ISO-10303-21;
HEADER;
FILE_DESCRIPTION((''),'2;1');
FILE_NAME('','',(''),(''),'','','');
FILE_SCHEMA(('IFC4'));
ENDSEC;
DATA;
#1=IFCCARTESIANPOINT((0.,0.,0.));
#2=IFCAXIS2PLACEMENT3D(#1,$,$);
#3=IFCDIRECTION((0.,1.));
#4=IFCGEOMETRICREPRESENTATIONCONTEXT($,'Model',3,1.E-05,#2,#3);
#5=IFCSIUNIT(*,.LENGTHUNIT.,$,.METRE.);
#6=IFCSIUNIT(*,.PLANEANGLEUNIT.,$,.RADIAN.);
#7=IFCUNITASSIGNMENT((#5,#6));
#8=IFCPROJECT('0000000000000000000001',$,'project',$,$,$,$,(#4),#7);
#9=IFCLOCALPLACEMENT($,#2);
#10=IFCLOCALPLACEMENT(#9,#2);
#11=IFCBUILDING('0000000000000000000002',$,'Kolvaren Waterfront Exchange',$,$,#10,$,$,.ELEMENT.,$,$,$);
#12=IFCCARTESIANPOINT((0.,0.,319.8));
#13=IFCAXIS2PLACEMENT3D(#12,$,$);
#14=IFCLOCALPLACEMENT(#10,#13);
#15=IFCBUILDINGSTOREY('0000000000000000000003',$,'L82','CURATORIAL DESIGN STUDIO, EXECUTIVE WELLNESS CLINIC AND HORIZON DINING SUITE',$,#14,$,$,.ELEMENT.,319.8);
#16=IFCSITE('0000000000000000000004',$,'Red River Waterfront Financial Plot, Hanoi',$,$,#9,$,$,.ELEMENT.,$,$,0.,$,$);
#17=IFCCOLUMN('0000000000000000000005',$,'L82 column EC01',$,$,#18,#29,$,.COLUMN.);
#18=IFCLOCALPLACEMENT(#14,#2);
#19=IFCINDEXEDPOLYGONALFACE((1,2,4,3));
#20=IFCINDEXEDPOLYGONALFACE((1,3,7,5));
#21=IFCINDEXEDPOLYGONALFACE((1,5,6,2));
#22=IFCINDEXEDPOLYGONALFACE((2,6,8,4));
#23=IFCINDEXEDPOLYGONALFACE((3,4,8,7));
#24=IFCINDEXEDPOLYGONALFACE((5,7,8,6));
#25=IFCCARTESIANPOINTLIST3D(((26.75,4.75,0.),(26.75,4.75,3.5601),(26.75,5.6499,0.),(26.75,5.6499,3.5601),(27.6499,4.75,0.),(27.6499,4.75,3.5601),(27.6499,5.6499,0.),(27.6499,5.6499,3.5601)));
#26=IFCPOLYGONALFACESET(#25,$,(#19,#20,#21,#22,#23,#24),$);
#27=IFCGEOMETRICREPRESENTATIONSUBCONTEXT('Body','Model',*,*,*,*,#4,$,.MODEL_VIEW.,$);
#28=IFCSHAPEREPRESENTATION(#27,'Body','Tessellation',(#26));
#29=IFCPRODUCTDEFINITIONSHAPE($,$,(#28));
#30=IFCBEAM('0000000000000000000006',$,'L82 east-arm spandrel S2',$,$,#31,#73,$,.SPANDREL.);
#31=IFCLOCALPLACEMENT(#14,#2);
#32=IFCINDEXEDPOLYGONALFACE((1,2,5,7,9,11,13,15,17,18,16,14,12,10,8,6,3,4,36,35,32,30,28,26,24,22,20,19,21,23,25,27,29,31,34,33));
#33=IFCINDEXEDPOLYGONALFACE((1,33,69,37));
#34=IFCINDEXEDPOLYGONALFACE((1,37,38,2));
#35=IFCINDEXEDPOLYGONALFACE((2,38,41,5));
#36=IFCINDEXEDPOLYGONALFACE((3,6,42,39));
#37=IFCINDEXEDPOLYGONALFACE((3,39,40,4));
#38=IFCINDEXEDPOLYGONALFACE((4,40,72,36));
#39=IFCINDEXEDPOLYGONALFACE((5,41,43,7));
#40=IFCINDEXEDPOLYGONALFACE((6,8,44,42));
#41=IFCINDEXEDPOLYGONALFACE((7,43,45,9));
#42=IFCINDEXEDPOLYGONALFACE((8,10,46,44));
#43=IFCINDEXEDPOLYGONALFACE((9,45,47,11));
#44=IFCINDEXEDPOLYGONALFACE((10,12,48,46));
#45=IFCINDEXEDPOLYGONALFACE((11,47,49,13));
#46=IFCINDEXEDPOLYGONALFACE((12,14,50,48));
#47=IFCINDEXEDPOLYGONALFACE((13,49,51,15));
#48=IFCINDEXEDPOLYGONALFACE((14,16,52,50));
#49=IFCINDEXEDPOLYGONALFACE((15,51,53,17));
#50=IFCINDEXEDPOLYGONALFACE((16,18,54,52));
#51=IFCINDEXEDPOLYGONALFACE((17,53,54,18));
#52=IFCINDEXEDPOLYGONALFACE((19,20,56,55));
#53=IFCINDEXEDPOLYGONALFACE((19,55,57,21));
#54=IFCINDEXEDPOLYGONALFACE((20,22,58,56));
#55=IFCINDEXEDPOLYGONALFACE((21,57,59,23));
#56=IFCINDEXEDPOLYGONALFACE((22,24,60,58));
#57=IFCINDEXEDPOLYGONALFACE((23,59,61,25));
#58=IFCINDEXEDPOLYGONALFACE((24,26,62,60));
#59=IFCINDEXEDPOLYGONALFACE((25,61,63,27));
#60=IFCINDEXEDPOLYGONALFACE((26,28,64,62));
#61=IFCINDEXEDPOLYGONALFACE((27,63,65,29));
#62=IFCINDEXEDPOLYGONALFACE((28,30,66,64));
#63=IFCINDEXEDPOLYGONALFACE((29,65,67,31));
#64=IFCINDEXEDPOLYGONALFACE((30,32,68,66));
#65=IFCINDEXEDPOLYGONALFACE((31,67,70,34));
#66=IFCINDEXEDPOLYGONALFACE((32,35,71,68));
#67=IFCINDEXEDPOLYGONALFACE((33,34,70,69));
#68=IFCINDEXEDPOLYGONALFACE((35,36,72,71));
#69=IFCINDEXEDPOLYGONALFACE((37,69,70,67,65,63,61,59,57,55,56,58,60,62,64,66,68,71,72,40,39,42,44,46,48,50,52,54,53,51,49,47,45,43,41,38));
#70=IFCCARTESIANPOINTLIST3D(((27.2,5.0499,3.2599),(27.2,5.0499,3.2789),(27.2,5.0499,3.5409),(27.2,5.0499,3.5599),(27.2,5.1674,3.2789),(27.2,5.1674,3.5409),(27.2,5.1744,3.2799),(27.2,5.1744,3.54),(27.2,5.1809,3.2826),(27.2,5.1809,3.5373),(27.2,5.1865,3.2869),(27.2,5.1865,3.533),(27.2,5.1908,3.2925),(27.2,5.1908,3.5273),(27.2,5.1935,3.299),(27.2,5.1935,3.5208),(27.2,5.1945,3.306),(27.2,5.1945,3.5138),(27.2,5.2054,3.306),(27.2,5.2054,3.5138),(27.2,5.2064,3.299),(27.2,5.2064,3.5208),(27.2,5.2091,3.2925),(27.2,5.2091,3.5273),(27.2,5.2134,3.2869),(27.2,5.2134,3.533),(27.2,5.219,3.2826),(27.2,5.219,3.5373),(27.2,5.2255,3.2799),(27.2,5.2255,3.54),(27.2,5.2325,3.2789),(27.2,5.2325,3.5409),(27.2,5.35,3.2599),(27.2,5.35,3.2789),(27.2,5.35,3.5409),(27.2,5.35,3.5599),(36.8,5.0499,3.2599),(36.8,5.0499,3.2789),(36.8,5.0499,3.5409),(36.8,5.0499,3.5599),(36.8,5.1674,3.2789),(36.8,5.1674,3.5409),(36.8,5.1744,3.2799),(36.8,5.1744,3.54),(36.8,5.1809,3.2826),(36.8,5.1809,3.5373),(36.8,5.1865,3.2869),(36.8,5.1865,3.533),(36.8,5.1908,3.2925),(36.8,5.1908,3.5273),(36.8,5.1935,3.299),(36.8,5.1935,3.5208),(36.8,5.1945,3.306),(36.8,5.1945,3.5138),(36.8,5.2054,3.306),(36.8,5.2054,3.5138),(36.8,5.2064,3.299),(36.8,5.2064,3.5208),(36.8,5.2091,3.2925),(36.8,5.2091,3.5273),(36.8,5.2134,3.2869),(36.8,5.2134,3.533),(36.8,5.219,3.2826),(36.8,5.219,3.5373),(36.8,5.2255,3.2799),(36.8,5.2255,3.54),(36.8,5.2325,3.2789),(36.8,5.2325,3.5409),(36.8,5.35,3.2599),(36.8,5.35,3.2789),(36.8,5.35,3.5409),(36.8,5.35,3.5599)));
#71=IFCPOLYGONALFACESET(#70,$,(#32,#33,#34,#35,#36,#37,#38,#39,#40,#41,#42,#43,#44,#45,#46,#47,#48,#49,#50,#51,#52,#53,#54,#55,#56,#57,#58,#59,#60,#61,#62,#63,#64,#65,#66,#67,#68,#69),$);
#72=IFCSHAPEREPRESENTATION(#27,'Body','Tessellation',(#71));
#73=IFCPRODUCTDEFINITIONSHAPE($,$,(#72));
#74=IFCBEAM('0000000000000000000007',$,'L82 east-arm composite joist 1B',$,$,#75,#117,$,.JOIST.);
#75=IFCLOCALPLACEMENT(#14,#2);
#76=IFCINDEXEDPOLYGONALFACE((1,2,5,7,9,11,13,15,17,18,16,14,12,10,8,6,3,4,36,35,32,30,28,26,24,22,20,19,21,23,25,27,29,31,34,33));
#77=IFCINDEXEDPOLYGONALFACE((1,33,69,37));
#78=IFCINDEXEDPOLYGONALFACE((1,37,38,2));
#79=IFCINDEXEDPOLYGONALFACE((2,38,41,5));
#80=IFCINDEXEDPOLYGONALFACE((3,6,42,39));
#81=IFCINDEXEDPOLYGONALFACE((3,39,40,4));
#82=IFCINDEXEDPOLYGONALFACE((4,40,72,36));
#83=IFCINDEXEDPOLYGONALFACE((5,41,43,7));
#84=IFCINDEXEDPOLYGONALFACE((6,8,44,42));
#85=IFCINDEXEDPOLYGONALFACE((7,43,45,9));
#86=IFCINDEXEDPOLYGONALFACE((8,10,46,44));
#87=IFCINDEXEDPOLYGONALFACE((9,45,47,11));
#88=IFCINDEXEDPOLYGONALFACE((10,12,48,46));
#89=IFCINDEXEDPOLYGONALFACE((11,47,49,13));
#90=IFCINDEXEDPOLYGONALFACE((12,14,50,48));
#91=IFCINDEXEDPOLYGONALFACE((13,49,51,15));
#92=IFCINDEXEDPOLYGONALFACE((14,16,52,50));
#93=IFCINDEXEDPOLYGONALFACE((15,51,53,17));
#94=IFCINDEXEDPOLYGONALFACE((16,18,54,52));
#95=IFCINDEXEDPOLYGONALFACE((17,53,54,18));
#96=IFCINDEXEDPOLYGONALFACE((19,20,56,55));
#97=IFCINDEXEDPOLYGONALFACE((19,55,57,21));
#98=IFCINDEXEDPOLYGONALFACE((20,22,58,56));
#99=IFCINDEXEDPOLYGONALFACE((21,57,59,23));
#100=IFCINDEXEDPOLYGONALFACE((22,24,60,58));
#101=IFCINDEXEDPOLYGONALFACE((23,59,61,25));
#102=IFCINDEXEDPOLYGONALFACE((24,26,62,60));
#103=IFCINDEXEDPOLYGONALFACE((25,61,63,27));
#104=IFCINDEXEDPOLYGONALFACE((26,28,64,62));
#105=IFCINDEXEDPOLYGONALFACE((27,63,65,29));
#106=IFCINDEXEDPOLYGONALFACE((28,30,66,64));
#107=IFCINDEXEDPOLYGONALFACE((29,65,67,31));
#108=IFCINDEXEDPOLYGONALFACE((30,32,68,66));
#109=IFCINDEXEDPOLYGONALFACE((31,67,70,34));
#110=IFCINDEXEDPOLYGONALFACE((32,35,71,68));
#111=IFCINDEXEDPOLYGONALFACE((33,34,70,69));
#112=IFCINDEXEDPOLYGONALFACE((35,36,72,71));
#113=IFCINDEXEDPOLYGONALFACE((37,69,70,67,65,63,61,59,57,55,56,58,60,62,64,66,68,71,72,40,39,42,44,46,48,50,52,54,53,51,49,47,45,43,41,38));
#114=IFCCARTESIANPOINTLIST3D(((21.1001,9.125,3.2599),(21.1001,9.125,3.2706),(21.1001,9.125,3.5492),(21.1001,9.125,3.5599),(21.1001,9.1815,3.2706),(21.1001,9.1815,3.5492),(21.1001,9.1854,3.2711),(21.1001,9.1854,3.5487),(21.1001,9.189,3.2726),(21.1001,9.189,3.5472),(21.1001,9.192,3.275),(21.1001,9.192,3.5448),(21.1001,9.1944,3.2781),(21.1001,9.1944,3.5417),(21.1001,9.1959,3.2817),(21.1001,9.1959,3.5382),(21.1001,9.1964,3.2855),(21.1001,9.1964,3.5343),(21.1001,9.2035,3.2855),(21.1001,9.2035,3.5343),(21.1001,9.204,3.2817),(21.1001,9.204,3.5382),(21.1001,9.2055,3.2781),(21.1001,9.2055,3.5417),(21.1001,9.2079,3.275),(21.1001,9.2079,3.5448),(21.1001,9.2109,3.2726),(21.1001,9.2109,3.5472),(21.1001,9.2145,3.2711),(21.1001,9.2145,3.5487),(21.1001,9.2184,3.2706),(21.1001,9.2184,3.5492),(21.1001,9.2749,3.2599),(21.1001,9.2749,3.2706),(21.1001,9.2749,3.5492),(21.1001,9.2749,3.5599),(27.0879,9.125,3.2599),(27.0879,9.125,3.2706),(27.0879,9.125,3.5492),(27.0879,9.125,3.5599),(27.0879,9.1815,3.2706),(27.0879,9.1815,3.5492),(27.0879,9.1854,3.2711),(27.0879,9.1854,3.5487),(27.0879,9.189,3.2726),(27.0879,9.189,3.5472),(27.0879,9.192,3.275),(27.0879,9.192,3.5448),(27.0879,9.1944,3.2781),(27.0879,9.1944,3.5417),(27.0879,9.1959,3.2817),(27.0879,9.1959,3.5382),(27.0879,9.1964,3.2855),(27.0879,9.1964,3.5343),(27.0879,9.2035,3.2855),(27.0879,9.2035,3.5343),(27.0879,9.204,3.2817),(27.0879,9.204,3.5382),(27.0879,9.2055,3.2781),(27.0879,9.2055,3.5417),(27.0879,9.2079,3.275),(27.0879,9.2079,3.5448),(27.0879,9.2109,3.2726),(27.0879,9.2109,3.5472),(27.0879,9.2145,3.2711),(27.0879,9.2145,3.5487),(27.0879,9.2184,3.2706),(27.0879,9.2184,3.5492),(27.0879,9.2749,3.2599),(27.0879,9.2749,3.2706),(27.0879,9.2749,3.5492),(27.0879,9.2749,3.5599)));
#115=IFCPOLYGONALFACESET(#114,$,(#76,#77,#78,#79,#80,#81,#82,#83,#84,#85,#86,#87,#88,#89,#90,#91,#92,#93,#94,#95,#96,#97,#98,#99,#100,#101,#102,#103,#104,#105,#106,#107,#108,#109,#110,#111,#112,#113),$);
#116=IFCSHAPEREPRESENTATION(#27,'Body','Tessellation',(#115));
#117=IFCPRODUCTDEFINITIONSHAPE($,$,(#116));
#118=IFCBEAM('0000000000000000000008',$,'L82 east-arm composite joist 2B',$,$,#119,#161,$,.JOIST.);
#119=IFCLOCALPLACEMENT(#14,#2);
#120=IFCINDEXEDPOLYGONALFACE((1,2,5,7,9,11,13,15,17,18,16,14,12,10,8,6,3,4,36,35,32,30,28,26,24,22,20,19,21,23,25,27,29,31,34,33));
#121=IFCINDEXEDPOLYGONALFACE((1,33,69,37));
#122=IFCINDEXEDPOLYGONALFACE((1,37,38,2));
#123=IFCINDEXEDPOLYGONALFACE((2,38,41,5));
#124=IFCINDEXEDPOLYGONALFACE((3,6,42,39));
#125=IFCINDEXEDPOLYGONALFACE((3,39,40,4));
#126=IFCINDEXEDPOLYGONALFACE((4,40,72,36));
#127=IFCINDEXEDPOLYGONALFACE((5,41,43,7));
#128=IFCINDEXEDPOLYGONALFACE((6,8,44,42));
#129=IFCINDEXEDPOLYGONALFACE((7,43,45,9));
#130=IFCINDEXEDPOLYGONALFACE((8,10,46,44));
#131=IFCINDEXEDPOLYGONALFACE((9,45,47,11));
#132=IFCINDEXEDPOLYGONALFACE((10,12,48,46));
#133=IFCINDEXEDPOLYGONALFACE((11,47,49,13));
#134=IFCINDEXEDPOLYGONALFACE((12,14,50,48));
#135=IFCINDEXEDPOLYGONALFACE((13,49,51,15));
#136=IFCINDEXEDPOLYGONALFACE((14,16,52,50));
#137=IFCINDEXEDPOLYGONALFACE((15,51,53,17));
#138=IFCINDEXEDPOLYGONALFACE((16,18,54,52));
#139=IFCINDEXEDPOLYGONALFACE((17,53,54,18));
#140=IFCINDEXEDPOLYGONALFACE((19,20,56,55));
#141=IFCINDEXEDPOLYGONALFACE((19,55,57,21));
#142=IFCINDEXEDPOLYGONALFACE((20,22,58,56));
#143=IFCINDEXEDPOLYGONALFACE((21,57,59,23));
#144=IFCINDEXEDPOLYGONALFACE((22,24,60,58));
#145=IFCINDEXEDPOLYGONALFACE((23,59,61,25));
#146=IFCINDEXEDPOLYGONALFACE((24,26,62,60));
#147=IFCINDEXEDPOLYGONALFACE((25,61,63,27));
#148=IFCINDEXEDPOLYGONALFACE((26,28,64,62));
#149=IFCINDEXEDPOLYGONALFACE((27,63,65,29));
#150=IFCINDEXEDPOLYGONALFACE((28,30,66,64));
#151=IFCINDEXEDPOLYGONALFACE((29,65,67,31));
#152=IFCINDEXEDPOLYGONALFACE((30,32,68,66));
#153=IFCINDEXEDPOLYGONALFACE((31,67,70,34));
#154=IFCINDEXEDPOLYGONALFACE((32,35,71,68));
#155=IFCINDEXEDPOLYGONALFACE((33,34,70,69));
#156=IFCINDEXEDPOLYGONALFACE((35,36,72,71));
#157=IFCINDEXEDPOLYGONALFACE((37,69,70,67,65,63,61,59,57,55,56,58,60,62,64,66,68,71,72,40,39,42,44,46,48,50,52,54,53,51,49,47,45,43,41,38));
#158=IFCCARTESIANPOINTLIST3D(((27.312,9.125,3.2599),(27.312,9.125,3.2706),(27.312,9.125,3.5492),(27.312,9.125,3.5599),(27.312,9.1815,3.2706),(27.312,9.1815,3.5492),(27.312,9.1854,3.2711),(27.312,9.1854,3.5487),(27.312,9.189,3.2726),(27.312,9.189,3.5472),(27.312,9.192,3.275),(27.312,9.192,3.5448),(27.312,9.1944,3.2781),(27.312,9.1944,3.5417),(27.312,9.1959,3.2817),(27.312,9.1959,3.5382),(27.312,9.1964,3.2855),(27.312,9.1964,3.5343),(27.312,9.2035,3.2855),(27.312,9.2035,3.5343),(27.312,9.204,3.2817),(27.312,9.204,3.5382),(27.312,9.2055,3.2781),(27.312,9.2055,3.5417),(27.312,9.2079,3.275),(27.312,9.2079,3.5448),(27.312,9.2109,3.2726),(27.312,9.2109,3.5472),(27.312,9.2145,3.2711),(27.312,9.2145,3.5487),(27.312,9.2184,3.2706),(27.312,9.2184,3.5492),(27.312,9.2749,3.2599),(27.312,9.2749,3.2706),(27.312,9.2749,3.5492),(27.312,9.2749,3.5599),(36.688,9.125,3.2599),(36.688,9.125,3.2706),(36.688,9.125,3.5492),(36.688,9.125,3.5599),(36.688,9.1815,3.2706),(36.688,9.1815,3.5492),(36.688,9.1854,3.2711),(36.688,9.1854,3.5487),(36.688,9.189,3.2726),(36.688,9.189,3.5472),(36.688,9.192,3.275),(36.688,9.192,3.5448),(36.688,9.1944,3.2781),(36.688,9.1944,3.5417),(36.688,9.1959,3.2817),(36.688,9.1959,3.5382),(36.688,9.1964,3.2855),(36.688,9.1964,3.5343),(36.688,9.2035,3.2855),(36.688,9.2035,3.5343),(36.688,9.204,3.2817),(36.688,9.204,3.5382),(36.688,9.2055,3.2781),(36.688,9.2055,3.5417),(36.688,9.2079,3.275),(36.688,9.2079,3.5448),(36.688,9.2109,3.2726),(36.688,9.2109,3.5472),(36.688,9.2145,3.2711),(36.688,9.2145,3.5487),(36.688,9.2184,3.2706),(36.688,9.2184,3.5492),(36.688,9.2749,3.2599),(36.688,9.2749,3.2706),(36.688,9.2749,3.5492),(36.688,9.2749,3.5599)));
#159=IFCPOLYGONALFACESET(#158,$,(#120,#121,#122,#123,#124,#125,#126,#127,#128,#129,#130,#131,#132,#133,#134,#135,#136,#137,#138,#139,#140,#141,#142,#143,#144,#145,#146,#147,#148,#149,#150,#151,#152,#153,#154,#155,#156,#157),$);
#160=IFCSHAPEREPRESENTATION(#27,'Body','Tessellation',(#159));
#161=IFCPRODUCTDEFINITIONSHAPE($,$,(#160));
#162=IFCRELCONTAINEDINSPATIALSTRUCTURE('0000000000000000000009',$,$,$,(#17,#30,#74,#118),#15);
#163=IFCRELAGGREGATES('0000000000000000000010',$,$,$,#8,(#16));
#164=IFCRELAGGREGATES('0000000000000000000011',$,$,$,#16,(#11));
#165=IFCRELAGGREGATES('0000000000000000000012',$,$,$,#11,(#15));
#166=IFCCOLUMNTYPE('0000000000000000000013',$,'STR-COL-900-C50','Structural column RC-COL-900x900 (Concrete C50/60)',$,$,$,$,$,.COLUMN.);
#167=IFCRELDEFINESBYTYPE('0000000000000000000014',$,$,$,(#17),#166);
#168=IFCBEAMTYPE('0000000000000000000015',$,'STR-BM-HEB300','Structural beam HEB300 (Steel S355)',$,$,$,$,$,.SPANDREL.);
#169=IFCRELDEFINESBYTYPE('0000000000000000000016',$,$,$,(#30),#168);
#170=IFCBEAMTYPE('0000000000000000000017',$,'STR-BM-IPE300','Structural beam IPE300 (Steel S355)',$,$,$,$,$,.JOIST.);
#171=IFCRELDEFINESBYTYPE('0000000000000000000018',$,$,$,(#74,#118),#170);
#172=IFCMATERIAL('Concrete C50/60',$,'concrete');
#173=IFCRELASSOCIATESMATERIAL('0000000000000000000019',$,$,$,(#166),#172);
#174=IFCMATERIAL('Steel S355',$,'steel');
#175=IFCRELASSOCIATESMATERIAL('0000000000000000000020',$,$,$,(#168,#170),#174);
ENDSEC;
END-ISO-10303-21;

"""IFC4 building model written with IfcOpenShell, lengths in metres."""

from ifc_helpers import new_model, si_unit, direction, frame, origin, origin_2d, place, context, subcontext, project, spatial, rectangle, i_section, extrude, material, material_profile, profile_set, type_object, element, save


model = new_model("IFC4")

# Units and contexts
model_context = context("Model", 3, precision=1e-05, world=origin(), true_north=direction((0.0, 1.0)))
body_context = subcontext(model_context, "Body", "Model", "MODEL_VIEW")
ifc_project = project(units=[si_unit("LENGTHUNIT", "METRE"), si_unit("PLANEANGLEUNIT", "RADIAN")], contexts=[model_context])

# Site, building, storey
site_placement = place(None, origin())
site = spatial("IfcSite", under=ifc_project, at=site_placement, Name="Red River Waterfront Financial Plot, Hanoi", CompositionType="ELEMENT", RefElevation=0.0)
building_placement = place(site_placement, origin())
building = spatial("IfcBuilding", under=site, at=building_placement, Name="Kolvaren Waterfront Exchange", CompositionType="ELEMENT")
storey_placement = place(building_placement, frame((0.0, 0.0, 319.8)))
storey = spatial("IfcBuildingStorey", under=building, at=storey_placement, Name="L82", Description="CURATORIAL DESIGN STUDIO, EXECUTIVE WELLNESS CLINIC AND HORIZON DINING SUITE", CompositionType="ELEMENT", Elevation=319.8)

# Column
ifc_material_1 = material(Name="Concrete C50/60", Category="concrete")
ifc_material_profile_1 = material_profile(ifc_material_1, rectangle(XDim=0.8999, YDim=0.8999, at=origin_2d()), Name="RC-COL-900x900")
ifc_profile_set_1 = profile_set([ifc_material_profile_1], Name="Concrete C50/60")
column_type = type_object("IfcColumnType", Name="STR-COL-900-C50", Description="Structural column RC-COL-900x900 (Concrete C50/60)", PredefinedType="COLUMN", material=ifc_profile_set_1)
column_placement = place(storey_placement, frame((27.2, 5.2, 0.0), z_axis=(0.0, 0.0, 1.0), x_axis=(1.0, 0.0, 0.0)))
element("IfcColumn", 1, at=column_placement, inside=storey, type_object=column_type, Name="L82 column EC01", PredefinedType="COLUMN", context=body_context, shape_type="SweptSolid", body=[
    extrude(rectangle(XDim=0.8999, YDim=0.8999, at=origin_2d()), origin(), (0.0, 0.0, 1.0), 3.5601),
])

# Beams
ifc_material_2 = material(Name="Steel S355", Category="steel")
ifc_material_profile_2 = material_profile(ifc_material_2, i_section(OverallWidth=0.3, OverallDepth=0.3, WebThickness=0.011, FlangeThickness=0.019, FilletRadius=0.0271, at=origin_2d()), Name="HEB300")
ifc_profile_set_2 = profile_set([ifc_material_profile_2], Name="Steel S355")
beam_type_1 = type_object("IfcBeamType", Name="STR-BM-HEB300", Description="Structural beam HEB300 (Steel S355)", PredefinedType="SPANDREL", material=ifc_profile_set_2)
beam_1_placement = place(storey_placement, frame((27.2, 5.2, 3.4099), z_axis=(1.0, 0.0, 0.0), x_axis=(0.0, 1.0, 0.0)))
element("IfcBeam", 2, at=beam_1_placement, inside=storey, type_object=beam_type_1, Name="L82 east-arm spandrel S2", PredefinedType="SPANDREL", context=body_context, shape_type="SweptSolid", body=[
    extrude(i_section(OverallWidth=0.3, OverallDepth=0.3, WebThickness=0.011, FlangeThickness=0.019, FilletRadius=0.0271, at=origin_2d()), origin(), (0.0, 0.0, 1.0), 9.6001),
])
ifc_material_profile_3 = material_profile(ifc_material_2, i_section(OverallWidth=0.1499, OverallDepth=0.3, WebThickness=0.0071, FlangeThickness=0.0107, FilletRadius=0.0149, at=origin_2d()), Name="IPE300")
ifc_profile_set_3 = profile_set([ifc_material_profile_3], Name="Steel S355")
beam_type_2 = type_object("IfcBeamType", Name="STR-BM-IPE300", Description="Structural beam IPE300 (Steel S355)", PredefinedType="JOIST", material=ifc_profile_set_3)
beam_2_placement = place(storey_placement, frame((21.1001, 9.2, 3.4099), z_axis=(1.0, 0.0, 0.0), x_axis=(0.0, 1.0, 0.0)))
element("IfcBeam", 3, at=beam_2_placement, inside=storey, type_object=beam_type_2, Name="L82 east-arm composite joist 1B", PredefinedType="JOIST", context=body_context, shape_type="SweptSolid", body=[
    extrude(i_section(OverallWidth=0.1499, OverallDepth=0.3, WebThickness=0.0071, FlangeThickness=0.0107, FilletRadius=0.0149, at=origin_2d()), origin(), (0.0, 0.0, 1.0), 5.9878),
])
beam_3_placement = place(storey_placement, frame((27.312, 9.2, 3.4099), z_axis=(1.0, 0.0, 0.0), x_axis=(0.0, 1.0, 0.0)))
element("IfcBeam", 4, at=beam_3_placement, inside=storey, type_object=beam_type_2, Name="L82 east-arm composite joist 2B", PredefinedType="JOIST", context=body_context, shape_type="SweptSolid", body=[
    extrude(i_section(OverallWidth=0.1499, OverallDepth=0.3, WebThickness=0.0071, FlangeThickness=0.0107, FilletRadius=0.0149, at=origin_2d()), origin(), (0.0, 0.0, 1.0), 9.376),
])

save(model, "model.ifc")
